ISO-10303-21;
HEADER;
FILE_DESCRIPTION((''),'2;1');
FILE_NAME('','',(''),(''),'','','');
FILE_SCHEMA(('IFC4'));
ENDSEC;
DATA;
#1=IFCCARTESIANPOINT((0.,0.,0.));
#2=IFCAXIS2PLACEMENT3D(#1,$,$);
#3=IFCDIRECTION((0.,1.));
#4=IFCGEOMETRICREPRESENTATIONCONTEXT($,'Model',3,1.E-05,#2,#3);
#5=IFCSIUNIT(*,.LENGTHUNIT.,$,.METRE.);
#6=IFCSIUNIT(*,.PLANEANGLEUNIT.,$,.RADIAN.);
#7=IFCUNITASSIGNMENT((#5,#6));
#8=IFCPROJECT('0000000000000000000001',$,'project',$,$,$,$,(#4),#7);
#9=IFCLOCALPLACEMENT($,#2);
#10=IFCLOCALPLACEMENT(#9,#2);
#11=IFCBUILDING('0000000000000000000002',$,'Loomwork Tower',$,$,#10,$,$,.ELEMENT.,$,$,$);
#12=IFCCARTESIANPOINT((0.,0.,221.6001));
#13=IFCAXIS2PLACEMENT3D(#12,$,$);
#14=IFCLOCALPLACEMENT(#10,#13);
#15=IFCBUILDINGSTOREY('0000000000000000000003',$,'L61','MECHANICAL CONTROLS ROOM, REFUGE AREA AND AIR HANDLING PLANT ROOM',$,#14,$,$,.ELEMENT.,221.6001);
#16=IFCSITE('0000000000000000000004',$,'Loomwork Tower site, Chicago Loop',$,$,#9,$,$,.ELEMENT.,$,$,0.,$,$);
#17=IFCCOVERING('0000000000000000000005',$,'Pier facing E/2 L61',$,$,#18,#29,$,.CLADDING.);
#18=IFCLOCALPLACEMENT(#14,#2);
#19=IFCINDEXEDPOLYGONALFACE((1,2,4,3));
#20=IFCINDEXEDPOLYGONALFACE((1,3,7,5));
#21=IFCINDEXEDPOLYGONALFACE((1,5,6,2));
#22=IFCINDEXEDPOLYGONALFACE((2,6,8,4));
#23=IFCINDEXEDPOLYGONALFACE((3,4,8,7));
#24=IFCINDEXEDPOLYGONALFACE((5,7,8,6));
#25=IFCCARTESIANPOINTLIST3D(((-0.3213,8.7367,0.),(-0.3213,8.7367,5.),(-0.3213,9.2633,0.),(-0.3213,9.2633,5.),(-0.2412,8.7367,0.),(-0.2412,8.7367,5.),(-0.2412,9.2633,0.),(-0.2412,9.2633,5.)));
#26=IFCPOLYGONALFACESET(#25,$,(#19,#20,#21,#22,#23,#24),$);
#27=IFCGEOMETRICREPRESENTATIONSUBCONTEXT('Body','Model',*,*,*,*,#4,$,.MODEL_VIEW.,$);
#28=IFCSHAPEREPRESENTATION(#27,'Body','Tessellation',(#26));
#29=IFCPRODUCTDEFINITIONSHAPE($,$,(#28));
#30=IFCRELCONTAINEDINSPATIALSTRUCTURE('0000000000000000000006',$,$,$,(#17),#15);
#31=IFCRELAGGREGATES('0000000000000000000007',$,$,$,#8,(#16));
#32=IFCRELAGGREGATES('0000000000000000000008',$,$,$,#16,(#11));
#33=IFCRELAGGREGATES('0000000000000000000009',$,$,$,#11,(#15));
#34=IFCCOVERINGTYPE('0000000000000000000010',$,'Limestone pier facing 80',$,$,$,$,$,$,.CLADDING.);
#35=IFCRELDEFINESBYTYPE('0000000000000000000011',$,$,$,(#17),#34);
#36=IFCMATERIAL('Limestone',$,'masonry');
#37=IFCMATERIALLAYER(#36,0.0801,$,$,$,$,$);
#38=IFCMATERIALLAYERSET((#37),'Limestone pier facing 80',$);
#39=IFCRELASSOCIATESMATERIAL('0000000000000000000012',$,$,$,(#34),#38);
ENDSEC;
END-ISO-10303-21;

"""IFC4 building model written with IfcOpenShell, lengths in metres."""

from ifc_helpers import new_model, si_unit, direction, frame, origin, origin_2d, place, context, subcontext, project, spatial, rectangle, extrude, material, layer, layer_set, type_object, element, save


model = new_model("IFC4")

# Units and contexts
model_context = context("Model", 3, precision=1e-05, world=origin(), true_north=direction((0.0, 1.0)))
body_context = subcontext(model_context, "Body", "Model", "MODEL_VIEW")
ifc_project = project(units=[si_unit("LENGTHUNIT", "METRE"), si_unit("PLANEANGLEUNIT", "RADIAN")], contexts=[model_context])

# Site, building, storey
site_placement = place(None, origin())
site = spatial("IfcSite", under=ifc_project, at=site_placement, Name="Loomwork Tower site, Chicago Loop", CompositionType="ELEMENT", RefElevation=0.0)
building_placement = place(site_placement, origin())
building = spatial("IfcBuilding", under=site, at=building_placement, Name="Loomwork Tower", CompositionType="ELEMENT")
storey_placement = place(building_placement, frame((0.0, 0.0, 221.6001)))
storey = spatial("IfcBuildingStorey", under=building, at=storey_placement, Name="L61", Description="MECHANICAL CONTROLS ROOM, REFUGE AREA AND AIR HANDLING PLANT ROOM", CompositionType="ELEMENT", Elevation=221.6001)

# Covering
ifc_material_1 = material(Name="Limestone", Category="masonry")
ifc_layer_1 = layer(ifc_material_1, 0.0801)
ifc_layer_set_1 = layer_set([ifc_layer_1], Name="Limestone pier facing 80")
covering_type_1 = type_object("IfcCoveringType", Name="Limestone pier facing 80", PredefinedType="CLADDING", material=ifc_layer_set_1)
covering_1_placement = place(storey_placement, frame((-0.2812, 9.0, 0.0), z_axis=(0.0, 0.0, 1.0), x_axis=(1.0, 0.0, 0.0)))
element("IfcCovering", 1, at=covering_1_placement, inside=storey, type_object=covering_type_1, Name="Pier facing E/2 L61", PredefinedType="CLADDING", context=body_context, shape_type="SweptSolid", body=[
    extrude(rectangle(XDim=0.0801, YDim=0.5266, at=origin_2d()), origin(), (0.0, 0.0, 1.0), 5.0),
])

save(model, "model.ifc")
